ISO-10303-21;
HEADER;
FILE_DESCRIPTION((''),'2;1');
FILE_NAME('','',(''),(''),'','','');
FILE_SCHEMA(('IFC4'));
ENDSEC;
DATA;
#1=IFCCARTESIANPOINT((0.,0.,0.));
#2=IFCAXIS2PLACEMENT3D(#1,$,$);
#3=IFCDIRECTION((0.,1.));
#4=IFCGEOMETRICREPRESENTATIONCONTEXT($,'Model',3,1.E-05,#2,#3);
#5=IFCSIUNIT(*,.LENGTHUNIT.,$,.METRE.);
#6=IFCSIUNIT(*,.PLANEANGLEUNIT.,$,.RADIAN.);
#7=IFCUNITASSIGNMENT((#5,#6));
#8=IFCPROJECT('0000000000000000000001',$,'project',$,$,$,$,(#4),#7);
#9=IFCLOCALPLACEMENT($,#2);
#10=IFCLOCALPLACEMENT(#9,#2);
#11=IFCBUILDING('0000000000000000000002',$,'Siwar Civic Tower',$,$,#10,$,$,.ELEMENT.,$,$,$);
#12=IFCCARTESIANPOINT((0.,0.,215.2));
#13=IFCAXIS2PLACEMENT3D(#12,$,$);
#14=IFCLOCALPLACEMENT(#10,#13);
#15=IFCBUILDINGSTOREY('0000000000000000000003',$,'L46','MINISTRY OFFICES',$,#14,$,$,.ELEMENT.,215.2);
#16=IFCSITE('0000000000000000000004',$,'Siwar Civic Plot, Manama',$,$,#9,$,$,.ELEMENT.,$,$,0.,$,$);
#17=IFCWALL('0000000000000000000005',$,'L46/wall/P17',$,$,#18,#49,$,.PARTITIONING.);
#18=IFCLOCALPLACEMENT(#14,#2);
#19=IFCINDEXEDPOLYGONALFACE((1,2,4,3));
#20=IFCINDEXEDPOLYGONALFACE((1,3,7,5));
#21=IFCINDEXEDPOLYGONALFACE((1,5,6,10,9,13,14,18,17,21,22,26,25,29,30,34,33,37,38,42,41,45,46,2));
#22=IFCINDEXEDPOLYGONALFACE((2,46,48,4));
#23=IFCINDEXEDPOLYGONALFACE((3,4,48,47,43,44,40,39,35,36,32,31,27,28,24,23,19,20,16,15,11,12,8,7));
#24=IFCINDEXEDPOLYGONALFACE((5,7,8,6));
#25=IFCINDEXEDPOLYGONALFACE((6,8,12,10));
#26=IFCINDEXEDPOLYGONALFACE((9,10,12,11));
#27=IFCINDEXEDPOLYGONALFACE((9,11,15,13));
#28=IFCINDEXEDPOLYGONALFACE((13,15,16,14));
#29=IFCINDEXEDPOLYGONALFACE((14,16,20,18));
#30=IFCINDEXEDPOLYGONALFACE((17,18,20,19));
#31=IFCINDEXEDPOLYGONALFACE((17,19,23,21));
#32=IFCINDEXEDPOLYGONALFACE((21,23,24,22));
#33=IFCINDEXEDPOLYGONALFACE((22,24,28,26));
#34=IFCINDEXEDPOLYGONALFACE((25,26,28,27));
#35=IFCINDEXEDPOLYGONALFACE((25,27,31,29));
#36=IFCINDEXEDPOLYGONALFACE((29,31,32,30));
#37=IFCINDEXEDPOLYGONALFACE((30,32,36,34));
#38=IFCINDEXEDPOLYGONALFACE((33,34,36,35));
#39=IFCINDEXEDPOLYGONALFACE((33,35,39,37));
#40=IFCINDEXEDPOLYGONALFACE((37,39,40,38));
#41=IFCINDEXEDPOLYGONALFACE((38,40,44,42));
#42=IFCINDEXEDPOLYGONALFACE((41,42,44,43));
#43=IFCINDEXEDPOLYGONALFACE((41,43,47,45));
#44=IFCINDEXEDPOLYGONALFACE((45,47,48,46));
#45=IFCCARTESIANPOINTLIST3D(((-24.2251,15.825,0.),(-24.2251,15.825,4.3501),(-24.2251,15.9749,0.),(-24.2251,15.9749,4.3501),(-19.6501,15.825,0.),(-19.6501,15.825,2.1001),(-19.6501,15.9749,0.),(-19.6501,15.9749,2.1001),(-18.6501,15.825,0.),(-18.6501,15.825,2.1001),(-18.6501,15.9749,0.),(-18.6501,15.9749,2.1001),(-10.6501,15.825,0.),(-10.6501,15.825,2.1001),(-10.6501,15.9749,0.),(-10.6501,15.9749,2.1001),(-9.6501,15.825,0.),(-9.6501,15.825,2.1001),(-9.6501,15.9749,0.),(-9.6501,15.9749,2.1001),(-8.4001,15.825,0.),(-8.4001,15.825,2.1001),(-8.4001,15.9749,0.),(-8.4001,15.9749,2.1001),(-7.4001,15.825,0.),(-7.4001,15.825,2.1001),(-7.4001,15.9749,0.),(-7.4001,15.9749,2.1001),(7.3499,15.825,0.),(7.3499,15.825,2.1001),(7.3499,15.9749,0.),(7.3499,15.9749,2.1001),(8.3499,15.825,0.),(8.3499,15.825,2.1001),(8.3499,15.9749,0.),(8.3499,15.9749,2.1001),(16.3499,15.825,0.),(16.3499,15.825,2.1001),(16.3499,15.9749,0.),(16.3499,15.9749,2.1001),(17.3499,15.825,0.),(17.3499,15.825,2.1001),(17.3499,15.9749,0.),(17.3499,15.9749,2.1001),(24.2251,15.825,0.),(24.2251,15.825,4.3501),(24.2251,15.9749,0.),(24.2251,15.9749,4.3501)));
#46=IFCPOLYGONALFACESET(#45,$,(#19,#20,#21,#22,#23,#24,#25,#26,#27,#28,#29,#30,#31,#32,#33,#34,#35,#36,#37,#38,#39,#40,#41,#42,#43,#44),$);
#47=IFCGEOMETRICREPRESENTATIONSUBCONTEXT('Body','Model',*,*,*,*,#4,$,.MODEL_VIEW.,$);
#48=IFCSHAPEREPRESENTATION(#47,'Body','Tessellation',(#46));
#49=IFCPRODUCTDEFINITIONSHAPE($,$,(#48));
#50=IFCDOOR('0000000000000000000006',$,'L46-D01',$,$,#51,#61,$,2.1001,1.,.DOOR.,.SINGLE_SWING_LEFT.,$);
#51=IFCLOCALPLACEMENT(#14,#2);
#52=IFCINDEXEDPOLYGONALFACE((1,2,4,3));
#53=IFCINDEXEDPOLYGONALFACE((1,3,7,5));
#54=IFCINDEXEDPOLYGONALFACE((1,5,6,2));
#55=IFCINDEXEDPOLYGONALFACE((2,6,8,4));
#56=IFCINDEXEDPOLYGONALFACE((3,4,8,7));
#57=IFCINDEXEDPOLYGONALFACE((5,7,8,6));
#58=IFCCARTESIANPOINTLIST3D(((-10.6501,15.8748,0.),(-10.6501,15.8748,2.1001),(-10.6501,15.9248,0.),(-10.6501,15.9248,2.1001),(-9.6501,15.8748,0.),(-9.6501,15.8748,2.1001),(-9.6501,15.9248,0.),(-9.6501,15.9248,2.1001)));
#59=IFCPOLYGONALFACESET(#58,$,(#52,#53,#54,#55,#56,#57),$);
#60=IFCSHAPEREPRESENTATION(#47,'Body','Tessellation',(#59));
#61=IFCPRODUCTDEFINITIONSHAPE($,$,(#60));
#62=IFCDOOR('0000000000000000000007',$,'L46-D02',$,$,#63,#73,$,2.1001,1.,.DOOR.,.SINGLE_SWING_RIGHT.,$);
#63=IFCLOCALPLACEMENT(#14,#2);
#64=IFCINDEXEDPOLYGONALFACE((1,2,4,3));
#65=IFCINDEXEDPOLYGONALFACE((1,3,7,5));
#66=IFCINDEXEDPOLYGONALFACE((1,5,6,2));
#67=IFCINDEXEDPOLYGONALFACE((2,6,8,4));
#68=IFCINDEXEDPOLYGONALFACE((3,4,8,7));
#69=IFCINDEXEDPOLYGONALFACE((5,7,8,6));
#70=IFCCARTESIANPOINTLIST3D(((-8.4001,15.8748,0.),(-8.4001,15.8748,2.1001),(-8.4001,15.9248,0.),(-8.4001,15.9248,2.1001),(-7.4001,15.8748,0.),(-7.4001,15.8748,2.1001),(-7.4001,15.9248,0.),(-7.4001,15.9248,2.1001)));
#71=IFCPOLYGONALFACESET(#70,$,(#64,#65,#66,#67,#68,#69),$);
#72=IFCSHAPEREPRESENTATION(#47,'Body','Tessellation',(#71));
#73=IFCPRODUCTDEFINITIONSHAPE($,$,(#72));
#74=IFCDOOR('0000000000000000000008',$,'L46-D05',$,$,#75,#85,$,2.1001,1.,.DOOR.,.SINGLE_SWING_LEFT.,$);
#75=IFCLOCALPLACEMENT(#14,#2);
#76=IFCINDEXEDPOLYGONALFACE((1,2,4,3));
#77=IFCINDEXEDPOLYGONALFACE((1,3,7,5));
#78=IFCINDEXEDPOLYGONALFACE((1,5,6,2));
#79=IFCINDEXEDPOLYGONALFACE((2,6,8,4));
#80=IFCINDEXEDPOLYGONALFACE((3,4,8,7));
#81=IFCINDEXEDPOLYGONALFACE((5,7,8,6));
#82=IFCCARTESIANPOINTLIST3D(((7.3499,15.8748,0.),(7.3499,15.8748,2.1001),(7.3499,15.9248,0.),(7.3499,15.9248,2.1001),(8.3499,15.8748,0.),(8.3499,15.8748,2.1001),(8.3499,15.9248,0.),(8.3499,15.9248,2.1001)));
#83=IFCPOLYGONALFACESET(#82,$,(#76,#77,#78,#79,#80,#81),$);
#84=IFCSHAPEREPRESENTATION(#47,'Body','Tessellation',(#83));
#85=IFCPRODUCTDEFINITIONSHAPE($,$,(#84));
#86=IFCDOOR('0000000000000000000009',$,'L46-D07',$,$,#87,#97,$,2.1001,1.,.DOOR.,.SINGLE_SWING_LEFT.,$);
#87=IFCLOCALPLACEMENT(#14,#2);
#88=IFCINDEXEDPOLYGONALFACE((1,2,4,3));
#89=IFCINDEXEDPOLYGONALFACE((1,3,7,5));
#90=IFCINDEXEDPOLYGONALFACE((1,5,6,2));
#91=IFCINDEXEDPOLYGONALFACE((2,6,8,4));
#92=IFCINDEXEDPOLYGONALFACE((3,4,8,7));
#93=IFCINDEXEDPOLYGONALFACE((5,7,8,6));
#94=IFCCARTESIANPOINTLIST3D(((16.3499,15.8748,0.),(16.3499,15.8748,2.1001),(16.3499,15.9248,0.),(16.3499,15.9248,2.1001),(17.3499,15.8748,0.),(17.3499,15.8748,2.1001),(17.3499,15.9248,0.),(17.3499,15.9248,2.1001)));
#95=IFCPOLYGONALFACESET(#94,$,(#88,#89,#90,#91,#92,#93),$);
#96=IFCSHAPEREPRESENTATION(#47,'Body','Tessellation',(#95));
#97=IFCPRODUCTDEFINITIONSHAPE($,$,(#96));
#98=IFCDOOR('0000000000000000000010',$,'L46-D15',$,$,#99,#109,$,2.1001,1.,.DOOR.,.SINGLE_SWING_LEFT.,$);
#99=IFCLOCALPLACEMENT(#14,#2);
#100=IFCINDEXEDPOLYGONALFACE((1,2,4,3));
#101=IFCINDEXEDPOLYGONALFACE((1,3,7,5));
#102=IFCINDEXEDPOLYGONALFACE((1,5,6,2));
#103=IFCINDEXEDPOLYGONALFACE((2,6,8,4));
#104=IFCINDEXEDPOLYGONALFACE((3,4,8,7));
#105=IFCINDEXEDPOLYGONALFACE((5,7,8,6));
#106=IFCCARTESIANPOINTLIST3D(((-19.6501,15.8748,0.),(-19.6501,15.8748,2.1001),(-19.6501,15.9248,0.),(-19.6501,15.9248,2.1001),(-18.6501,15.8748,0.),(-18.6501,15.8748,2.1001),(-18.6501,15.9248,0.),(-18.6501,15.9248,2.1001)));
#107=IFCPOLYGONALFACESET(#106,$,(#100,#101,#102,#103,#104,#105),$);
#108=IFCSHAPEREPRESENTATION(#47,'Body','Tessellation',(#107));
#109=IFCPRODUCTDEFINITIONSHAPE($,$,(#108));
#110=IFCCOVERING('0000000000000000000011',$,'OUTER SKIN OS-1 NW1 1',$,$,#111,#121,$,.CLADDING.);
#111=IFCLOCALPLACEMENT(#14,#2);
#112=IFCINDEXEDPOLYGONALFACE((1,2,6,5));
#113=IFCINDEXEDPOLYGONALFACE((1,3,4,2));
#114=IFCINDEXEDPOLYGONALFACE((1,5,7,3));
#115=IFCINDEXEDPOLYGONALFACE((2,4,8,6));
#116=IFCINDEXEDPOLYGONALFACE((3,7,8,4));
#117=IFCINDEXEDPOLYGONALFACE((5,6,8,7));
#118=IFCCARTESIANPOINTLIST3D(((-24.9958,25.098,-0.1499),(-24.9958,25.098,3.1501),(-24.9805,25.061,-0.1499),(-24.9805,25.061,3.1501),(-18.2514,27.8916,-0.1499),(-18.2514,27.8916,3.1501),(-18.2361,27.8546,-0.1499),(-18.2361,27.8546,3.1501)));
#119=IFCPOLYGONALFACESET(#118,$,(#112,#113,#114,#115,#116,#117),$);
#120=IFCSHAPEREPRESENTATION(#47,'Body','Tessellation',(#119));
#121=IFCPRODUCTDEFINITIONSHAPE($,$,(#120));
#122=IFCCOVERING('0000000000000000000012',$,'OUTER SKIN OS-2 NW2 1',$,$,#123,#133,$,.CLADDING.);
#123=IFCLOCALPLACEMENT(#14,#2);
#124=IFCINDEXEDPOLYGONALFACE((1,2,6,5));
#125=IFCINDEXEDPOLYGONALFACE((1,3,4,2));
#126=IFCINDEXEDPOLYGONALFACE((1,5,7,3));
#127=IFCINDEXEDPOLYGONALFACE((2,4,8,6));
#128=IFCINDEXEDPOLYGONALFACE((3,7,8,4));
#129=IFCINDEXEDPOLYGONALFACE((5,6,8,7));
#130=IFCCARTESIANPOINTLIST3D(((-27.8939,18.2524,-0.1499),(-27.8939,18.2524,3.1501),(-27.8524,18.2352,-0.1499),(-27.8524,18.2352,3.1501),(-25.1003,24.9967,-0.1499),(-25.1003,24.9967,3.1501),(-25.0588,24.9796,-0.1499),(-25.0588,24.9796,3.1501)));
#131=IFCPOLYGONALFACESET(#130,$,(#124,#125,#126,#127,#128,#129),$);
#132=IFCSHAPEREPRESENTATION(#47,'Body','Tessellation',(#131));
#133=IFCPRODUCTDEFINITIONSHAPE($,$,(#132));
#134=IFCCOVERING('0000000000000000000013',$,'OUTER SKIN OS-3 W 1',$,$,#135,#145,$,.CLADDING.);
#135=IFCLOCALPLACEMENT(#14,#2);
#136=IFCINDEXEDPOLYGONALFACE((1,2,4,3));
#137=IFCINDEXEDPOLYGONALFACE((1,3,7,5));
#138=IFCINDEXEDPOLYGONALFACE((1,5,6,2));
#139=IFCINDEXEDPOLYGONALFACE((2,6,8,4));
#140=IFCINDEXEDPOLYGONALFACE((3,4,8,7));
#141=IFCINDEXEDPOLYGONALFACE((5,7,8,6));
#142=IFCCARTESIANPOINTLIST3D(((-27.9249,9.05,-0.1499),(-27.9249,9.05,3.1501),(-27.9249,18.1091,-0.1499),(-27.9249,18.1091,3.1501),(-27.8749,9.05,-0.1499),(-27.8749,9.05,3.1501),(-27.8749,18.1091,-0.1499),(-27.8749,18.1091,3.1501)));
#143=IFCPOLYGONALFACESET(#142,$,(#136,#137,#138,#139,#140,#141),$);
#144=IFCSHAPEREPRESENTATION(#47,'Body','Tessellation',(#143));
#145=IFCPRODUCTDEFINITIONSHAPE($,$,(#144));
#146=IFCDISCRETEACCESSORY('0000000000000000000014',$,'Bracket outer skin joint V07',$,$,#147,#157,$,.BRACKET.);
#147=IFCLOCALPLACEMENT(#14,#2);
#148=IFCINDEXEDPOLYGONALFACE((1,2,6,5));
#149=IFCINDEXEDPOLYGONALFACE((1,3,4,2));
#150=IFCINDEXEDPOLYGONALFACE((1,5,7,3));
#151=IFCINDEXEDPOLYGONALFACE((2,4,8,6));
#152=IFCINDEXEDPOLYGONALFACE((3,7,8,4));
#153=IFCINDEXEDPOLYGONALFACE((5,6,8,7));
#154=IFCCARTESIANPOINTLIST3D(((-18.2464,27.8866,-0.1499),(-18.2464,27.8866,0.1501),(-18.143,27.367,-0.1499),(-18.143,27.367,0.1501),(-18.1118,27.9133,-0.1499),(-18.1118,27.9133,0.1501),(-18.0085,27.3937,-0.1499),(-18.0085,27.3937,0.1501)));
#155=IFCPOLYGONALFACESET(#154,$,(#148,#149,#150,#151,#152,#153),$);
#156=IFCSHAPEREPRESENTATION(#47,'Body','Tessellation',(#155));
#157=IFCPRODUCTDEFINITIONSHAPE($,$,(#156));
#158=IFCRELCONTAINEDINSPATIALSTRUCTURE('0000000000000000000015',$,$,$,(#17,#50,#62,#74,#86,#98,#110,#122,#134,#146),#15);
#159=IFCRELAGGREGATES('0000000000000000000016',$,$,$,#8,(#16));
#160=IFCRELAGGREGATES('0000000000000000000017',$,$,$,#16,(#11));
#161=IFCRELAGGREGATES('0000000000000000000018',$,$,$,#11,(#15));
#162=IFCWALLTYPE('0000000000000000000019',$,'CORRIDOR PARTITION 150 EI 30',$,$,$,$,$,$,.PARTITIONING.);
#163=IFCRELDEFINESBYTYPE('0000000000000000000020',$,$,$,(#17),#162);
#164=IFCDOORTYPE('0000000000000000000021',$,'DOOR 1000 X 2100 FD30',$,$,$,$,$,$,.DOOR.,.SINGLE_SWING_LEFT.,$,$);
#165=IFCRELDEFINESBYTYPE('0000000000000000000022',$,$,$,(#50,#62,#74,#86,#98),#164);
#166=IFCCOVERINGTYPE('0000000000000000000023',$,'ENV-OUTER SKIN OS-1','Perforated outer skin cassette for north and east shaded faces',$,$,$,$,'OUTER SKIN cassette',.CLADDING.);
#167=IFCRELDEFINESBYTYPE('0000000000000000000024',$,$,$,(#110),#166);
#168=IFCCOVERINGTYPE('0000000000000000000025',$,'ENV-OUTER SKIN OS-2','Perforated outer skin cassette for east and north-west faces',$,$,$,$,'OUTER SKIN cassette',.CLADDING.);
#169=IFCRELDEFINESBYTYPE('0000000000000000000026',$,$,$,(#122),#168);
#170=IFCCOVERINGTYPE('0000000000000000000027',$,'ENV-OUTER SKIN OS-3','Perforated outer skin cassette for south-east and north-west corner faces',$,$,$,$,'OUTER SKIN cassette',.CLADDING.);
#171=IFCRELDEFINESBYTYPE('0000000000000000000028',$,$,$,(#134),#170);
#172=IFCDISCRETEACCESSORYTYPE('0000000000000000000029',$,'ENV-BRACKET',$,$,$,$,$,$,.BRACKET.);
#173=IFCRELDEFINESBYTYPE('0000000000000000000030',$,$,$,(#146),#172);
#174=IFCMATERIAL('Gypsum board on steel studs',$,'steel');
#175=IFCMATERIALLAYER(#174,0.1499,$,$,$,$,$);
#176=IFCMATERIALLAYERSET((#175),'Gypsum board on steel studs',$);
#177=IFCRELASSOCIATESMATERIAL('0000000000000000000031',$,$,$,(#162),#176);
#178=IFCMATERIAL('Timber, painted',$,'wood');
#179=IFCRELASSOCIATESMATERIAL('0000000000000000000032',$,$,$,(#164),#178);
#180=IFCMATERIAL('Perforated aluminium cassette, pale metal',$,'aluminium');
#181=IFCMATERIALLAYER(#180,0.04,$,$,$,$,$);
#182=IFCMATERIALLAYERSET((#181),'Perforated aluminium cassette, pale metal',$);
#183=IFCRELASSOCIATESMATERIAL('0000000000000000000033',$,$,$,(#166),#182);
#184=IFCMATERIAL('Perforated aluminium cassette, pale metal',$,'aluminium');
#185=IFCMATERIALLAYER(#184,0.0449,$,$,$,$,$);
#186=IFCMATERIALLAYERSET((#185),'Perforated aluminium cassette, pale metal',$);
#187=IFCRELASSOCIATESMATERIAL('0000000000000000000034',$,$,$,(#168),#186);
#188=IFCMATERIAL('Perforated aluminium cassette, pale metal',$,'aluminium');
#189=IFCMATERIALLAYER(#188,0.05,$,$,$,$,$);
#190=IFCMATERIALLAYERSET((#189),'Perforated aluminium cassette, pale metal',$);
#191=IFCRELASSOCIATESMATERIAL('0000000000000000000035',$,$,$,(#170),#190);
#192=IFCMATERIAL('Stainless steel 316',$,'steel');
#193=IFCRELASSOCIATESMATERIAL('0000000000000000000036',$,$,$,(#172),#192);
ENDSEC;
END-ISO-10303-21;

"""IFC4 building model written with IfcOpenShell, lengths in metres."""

from ifc_helpers import new_model, si_unit, direction, frame, frame_2d, origin, origin_2d, place, context, subcontext, project, spatial, rectangle, extrude, material, layer, layer_set, type_object, element, fill, save


model = new_model("IFC4")

# Units and contexts
model_context = context("Model", 3, precision=1e-05, world=origin(), true_north=direction((0.0, 1.0)))
body_context = subcontext(model_context, "Body", "Model", "MODEL_VIEW")
ifc_project = project(units=[si_unit("LENGTHUNIT", "METRE"), si_unit("PLANEANGLEUNIT", "RADIAN")], contexts=[model_context])

# Site, building, storey
site_placement = place(None, origin())
site = spatial("IfcSite", under=ifc_project, at=site_placement, Name="Siwar Civic Plot, Manama", CompositionType="ELEMENT", RefElevation=0.0)
building_placement = place(site_placement, origin())
building = spatial("IfcBuilding", under=site, at=building_placement, Name="Siwar Civic Tower", CompositionType="ELEMENT")
storey_placement = place(building_placement, frame((0.0, 0.0, 215.2)))
storey = spatial("IfcBuildingStorey", under=building, at=storey_placement, Name="L46", Description="MINISTRY OFFICES", CompositionType="ELEMENT", Elevation=215.2)

# Wall, openings, doors
ifc_material_1 = material(Name="Gypsum board on steel studs", Category="steel")
ifc_layer_1 = layer(ifc_material_1, 0.1499)
ifc_layer_set_1 = layer_set([ifc_layer_1], Name="Gypsum board on steel studs")
wall_type = type_object("IfcWallType", Name="CORRIDOR PARTITION 150 EI 30", PredefinedType="PARTITIONING", material=ifc_layer_set_1)
wall_placement = place(storey_placement, frame((-24.2251, 15.8999, 0.0), z_axis=(0.0, 0.0, 1.0), x_axis=(1.0, 0.0, 0.0)))
wall = element("IfcWall", 1, at=wall_placement, inside=storey, type_object=wall_type, Name="L46/wall/P17", PredefinedType="PARTITIONING", context=body_context, shape_type="SweptSolid", body=[
    extrude(rectangle(XDim=48.4502, YDim=0.1499, at=frame_2d((24.2251, 0.0))), origin(), (0.0, 0.0, 1.0), 4.3501),
])
opening_1_placement = place(wall_placement, frame((13.575, 0.0, 0.0)))
opening_1 = element("IfcOpeningElement", 2, at=opening_1_placement, cuts=wall, PredefinedType="OPENING", context=body_context, shape_type="SweptSolid", body=[
    extrude(rectangle(XDim=1.0, YDim=2.1001, at=frame_2d((0.5, 1.05))), frame((0.0, 0.085, 0.0), z_axis=(0.0, -1.0, 0.0), x_axis=(1.0, 0.0, 0.0)), (0.0, 0.0, 1.0), 0.1699),
])
opening_2_placement = place(wall_placement, frame((15.825, 0.0, 0.0)))
opening_2 = element("IfcOpeningElement", 3, at=opening_2_placement, cuts=wall, PredefinedType="OPENING", context=body_context, shape_type="SweptSolid", body=[
    extrude(rectangle(XDim=1.0, YDim=2.1001, at=frame_2d((0.5, 1.05))), frame((0.0, 0.085, 0.0), z_axis=(0.0, -1.0, 0.0), x_axis=(1.0, 0.0, 0.0)), (0.0, 0.0, 1.0), 0.1699),
])
opening_3_placement = place(wall_placement, frame((31.575, 0.0, 0.0)))
opening_3 = element("IfcOpeningElement", 4, at=opening_3_placement, cuts=wall, PredefinedType="OPENING", context=body_context, shape_type="SweptSolid", body=[
    extrude(rectangle(XDim=1.0, YDim=2.1001, at=frame_2d((0.5, 1.05))), frame((0.0, 0.085, 0.0), z_axis=(0.0, -1.0, 0.0), x_axis=(1.0, 0.0, 0.0)), (0.0, 0.0, 1.0), 0.1699),
])
opening_4_placement = place(wall_placement, frame((40.575, 0.0, 0.0)))
opening_4 = element("IfcOpeningElement", 5, at=opening_4_placement, cuts=wall, PredefinedType="OPENING", context=body_context, shape_type="SweptSolid", body=[
    extrude(rectangle(XDim=1.0, YDim=2.1001, at=frame_2d((0.5, 1.05))), frame((0.0, 0.085, 0.0), z_axis=(0.0, -1.0, 0.0), x_axis=(1.0, 0.0, 0.0)), (0.0, 0.0, 1.0), 0.1699),
])
opening_5_placement = place(wall_placement, frame((4.575, 0.0, 0.0)))
opening_5 = element("IfcOpeningElement", 6, at=opening_5_placement, cuts=wall, PredefinedType="OPENING", context=body_context, shape_type="SweptSolid", body=[
    extrude(rectangle(XDim=1.0, YDim=2.1001, at=frame_2d((0.5, 1.05))), frame((0.0, 0.085, 0.0), z_axis=(0.0, -1.0, 0.0), x_axis=(1.0, 0.0, 0.0)), (0.0, 0.0, 1.0), 0.1699),
])
ifc_material_2 = material(Name="Timber, painted", Category="wood")
door_type = type_object("IfcDoorType", Name="DOOR 1000 X 2100 FD30", OperationType="SINGLE_SWING_LEFT", PredefinedType="DOOR", material=ifc_material_2)
door_1_placement = place(opening_1_placement, origin())
door_1 = element("IfcDoor", 7, at=door_1_placement, inside=storey, type_object=door_type, Name="L46-D01", OperationType="SINGLE_SWING_LEFT", OverallHeight=2.1001, OverallWidth=1.0, PredefinedType="DOOR", context=body_context, shape_type="SweptSolid", body=[
    extrude(rectangle(XDim=1.0, YDim=2.1001, at=frame_2d((0.5, 1.05))), frame((0.0, 0.0249, 0.0), z_axis=(0.0, -1.0, 0.0), x_axis=(1.0, 0.0, 0.0)), (0.0, 0.0, 1.0), 0.05),
])
fill(opening_1, door_1)
door_2_placement = place(opening_2_placement, origin())
door_2 = element("IfcDoor", 8, at=door_2_placement, inside=storey, type_object=door_type, Name="L46-D02", OperationType="SINGLE_SWING_RIGHT", OverallHeight=2.1001, OverallWidth=1.0, PredefinedType="DOOR", context=body_context, shape_type="SweptSolid", body=[
    extrude(rectangle(XDim=1.0, YDim=2.1001, at=frame_2d((0.5, 1.05))), frame((0.0, 0.0249, 0.0), z_axis=(0.0, -1.0, 0.0), x_axis=(1.0, 0.0, 0.0)), (0.0, 0.0, 1.0), 0.05),
])
fill(opening_2, door_2)
door_3_placement = place(opening_3_placement, origin())
door_3 = element("IfcDoor", 9, at=door_3_placement, inside=storey, type_object=door_type, Name="L46-D05", OperationType="SINGLE_SWING_LEFT", OverallHeight=2.1001, OverallWidth=1.0, PredefinedType="DOOR", context=body_context, shape_type="SweptSolid", body=[
    extrude(rectangle(XDim=1.0, YDim=2.1001, at=frame_2d((0.5, 1.05))), frame((0.0, 0.0249, 0.0), z_axis=(0.0, -1.0, 0.0), x_axis=(1.0, 0.0, 0.0)), (0.0, 0.0, 1.0), 0.05),
])
fill(opening_3, door_3)
door_4_placement = place(opening_4_placement, origin())
door_4 = element("IfcDoor", 10, at=door_4_placement, inside=storey, type_object=door_type, Name="L46-D07", OperationType="SINGLE_SWING_LEFT", OverallHeight=2.1001, OverallWidth=1.0, PredefinedType="DOOR", context=body_context, shape_type="SweptSolid", body=[
    extrude(rectangle(XDim=1.0, YDim=2.1001, at=frame_2d((0.5, 1.05))), frame((0.0, 0.0249, 0.0), z_axis=(0.0, -1.0, 0.0), x_axis=(1.0, 0.0, 0.0)), (0.0, 0.0, 1.0), 0.05),
])
fill(opening_4, door_4)
door_5_placement = place(opening_5_placement, origin())
door_5 = element("IfcDoor", 11, at=door_5_placement, inside=storey, type_object=door_type, Name="L46-D15", OperationType="SINGLE_SWING_LEFT", OverallHeight=2.1001, OverallWidth=1.0, PredefinedType="DOOR", context=body_context, shape_type="SweptSolid", body=[
    extrude(rectangle(XDim=1.0, YDim=2.1001, at=frame_2d((0.5, 1.05))), frame((0.0, 0.0249, 0.0), z_axis=(0.0, -1.0, 0.0), x_axis=(1.0, 0.0, 0.0)), (0.0, 0.0, 1.0), 0.05),
])
fill(opening_5, door_5)

# Coverings
ifc_material_3 = material(Name="Perforated aluminium cassette, pale metal", Category="aluminium")
ifc_layer_2 = layer(ifc_material_3, 0.04)
ifc_layer_set_2 = layer_set([ifc_layer_2], Name="Perforated aluminium cassette, pale metal")
covering_type_1 = type_object("IfcCoveringType", Name="ENV-OUTER SKIN OS-1", Description="Perforated outer skin cassette for north and east shaded faces", ElementType="OUTER SKIN cassette", PredefinedType="CLADDING", material=ifc_layer_set_2)
covering_1_placement = place(storey_placement, frame((-21.616, 26.4763, -0.1499), z_axis=(0.0, 0.0, 1.0), x_axis=(-0.92388, -0.382683, 0.0)))
element("IfcCovering", 12, at=covering_1_placement, inside=storey, type_object=covering_type_1, Name="OUTER SKIN OS-1 NW1 1", PredefinedType="CLADDING", context=body_context, shape_type="SweptSolid", body=[
    extrude(rectangle(XDim=7.3, YDim=0.04, at=origin_2d()), origin(), (0.0, 0.0, 1.0), 3.3),
])
ifc_material_4 = material(Name="Perforated aluminium cassette, pale metal", Category="aluminium")
ifc_layer_3 = layer(ifc_material_4, 0.0449)
ifc_layer_set_3 = layer_set([ifc_layer_3], Name="Perforated aluminium cassette, pale metal")
covering_type_2 = type_object("IfcCoveringType", Name="ENV-OUTER SKIN OS-2", Description="Perforated outer skin cassette for east and north-west faces", ElementType="OUTER SKIN cassette", PredefinedType="CLADDING", material=ifc_layer_set_3)
covering_2_placement = place(storey_placement, frame((-26.4763, 21.616, -0.1499), z_axis=(0.0, 0.0, 1.0), x_axis=(-0.382683, -0.92388, 0.0)))
element("IfcCovering", 13, at=covering_2_placement, inside=storey, type_object=covering_type_2, Name="OUTER SKIN OS-2 NW2 1", PredefinedType="CLADDING", context=body_context, shape_type="SweptSolid", body=[
    extrude(rectangle(XDim=7.3, YDim=0.0449, at=origin_2d()), origin(), (0.0, 0.0, 1.0), 3.3),
])
ifc_material_5 = material(Name="Perforated aluminium cassette, pale metal", Category="aluminium")
ifc_layer_4 = layer(ifc_material_5, 0.05)
ifc_layer_set_4 = layer_set([ifc_layer_4], Name="Perforated aluminium cassette, pale metal")
covering_type_3 = type_object("IfcCoveringType", Name="ENV-OUTER SKIN OS-3", Description="Perforated outer skin cassette for south-east and north-west corner faces", ElementType="OUTER SKIN cassette", PredefinedType="CLADDING", material=ifc_layer_set_4)
covering_3_placement = place(storey_placement, frame((-27.8999, 13.5796, -0.1499), z_axis=(0.0, 0.0, 1.0), x_axis=(0.0, -1.0, 0.0)))
element("IfcCovering", 14, at=covering_3_placement, inside=storey, type_object=covering_type_3, Name="OUTER SKIN OS-3 W 1", PredefinedType="CLADDING", context=body_context, shape_type="SweptSolid", body=[
    extrude(rectangle(XDim=9.0591, YDim=0.05, at=origin_2d()), origin(), (0.0, 0.0, 1.0), 3.3),
])

# Discrete accessory
ifc_material_6 = material(Name="Stainless steel 316", Category="steel")
discrete_accessory_type = type_object("IfcDiscreteAccessoryType", Name="ENV-BRACKET", PredefinedType="BRACKET", material=ifc_material_6)
discrete_accessory_1_placement = place(storey_placement, frame((-18.1274, 27.6401, -0.1499), z_axis=(0.0, 0.0, 1.0), x_axis=(-0.19509, 0.980785, 0.0)))
element("IfcDiscreteAccessory", 15, at=discrete_accessory_1_placement, inside=storey, type_object=discrete_accessory_type, Name="Bracket outer skin joint V07", PredefinedType="BRACKET", context=body_context, shape_type="SweptSolid", body=[
    extrude(rectangle(XDim=0.5298, YDim=0.1372, at=origin_2d()), origin(), (0.0, 0.0, 1.0), 0.3),
])

save(model, "model.ifc")
